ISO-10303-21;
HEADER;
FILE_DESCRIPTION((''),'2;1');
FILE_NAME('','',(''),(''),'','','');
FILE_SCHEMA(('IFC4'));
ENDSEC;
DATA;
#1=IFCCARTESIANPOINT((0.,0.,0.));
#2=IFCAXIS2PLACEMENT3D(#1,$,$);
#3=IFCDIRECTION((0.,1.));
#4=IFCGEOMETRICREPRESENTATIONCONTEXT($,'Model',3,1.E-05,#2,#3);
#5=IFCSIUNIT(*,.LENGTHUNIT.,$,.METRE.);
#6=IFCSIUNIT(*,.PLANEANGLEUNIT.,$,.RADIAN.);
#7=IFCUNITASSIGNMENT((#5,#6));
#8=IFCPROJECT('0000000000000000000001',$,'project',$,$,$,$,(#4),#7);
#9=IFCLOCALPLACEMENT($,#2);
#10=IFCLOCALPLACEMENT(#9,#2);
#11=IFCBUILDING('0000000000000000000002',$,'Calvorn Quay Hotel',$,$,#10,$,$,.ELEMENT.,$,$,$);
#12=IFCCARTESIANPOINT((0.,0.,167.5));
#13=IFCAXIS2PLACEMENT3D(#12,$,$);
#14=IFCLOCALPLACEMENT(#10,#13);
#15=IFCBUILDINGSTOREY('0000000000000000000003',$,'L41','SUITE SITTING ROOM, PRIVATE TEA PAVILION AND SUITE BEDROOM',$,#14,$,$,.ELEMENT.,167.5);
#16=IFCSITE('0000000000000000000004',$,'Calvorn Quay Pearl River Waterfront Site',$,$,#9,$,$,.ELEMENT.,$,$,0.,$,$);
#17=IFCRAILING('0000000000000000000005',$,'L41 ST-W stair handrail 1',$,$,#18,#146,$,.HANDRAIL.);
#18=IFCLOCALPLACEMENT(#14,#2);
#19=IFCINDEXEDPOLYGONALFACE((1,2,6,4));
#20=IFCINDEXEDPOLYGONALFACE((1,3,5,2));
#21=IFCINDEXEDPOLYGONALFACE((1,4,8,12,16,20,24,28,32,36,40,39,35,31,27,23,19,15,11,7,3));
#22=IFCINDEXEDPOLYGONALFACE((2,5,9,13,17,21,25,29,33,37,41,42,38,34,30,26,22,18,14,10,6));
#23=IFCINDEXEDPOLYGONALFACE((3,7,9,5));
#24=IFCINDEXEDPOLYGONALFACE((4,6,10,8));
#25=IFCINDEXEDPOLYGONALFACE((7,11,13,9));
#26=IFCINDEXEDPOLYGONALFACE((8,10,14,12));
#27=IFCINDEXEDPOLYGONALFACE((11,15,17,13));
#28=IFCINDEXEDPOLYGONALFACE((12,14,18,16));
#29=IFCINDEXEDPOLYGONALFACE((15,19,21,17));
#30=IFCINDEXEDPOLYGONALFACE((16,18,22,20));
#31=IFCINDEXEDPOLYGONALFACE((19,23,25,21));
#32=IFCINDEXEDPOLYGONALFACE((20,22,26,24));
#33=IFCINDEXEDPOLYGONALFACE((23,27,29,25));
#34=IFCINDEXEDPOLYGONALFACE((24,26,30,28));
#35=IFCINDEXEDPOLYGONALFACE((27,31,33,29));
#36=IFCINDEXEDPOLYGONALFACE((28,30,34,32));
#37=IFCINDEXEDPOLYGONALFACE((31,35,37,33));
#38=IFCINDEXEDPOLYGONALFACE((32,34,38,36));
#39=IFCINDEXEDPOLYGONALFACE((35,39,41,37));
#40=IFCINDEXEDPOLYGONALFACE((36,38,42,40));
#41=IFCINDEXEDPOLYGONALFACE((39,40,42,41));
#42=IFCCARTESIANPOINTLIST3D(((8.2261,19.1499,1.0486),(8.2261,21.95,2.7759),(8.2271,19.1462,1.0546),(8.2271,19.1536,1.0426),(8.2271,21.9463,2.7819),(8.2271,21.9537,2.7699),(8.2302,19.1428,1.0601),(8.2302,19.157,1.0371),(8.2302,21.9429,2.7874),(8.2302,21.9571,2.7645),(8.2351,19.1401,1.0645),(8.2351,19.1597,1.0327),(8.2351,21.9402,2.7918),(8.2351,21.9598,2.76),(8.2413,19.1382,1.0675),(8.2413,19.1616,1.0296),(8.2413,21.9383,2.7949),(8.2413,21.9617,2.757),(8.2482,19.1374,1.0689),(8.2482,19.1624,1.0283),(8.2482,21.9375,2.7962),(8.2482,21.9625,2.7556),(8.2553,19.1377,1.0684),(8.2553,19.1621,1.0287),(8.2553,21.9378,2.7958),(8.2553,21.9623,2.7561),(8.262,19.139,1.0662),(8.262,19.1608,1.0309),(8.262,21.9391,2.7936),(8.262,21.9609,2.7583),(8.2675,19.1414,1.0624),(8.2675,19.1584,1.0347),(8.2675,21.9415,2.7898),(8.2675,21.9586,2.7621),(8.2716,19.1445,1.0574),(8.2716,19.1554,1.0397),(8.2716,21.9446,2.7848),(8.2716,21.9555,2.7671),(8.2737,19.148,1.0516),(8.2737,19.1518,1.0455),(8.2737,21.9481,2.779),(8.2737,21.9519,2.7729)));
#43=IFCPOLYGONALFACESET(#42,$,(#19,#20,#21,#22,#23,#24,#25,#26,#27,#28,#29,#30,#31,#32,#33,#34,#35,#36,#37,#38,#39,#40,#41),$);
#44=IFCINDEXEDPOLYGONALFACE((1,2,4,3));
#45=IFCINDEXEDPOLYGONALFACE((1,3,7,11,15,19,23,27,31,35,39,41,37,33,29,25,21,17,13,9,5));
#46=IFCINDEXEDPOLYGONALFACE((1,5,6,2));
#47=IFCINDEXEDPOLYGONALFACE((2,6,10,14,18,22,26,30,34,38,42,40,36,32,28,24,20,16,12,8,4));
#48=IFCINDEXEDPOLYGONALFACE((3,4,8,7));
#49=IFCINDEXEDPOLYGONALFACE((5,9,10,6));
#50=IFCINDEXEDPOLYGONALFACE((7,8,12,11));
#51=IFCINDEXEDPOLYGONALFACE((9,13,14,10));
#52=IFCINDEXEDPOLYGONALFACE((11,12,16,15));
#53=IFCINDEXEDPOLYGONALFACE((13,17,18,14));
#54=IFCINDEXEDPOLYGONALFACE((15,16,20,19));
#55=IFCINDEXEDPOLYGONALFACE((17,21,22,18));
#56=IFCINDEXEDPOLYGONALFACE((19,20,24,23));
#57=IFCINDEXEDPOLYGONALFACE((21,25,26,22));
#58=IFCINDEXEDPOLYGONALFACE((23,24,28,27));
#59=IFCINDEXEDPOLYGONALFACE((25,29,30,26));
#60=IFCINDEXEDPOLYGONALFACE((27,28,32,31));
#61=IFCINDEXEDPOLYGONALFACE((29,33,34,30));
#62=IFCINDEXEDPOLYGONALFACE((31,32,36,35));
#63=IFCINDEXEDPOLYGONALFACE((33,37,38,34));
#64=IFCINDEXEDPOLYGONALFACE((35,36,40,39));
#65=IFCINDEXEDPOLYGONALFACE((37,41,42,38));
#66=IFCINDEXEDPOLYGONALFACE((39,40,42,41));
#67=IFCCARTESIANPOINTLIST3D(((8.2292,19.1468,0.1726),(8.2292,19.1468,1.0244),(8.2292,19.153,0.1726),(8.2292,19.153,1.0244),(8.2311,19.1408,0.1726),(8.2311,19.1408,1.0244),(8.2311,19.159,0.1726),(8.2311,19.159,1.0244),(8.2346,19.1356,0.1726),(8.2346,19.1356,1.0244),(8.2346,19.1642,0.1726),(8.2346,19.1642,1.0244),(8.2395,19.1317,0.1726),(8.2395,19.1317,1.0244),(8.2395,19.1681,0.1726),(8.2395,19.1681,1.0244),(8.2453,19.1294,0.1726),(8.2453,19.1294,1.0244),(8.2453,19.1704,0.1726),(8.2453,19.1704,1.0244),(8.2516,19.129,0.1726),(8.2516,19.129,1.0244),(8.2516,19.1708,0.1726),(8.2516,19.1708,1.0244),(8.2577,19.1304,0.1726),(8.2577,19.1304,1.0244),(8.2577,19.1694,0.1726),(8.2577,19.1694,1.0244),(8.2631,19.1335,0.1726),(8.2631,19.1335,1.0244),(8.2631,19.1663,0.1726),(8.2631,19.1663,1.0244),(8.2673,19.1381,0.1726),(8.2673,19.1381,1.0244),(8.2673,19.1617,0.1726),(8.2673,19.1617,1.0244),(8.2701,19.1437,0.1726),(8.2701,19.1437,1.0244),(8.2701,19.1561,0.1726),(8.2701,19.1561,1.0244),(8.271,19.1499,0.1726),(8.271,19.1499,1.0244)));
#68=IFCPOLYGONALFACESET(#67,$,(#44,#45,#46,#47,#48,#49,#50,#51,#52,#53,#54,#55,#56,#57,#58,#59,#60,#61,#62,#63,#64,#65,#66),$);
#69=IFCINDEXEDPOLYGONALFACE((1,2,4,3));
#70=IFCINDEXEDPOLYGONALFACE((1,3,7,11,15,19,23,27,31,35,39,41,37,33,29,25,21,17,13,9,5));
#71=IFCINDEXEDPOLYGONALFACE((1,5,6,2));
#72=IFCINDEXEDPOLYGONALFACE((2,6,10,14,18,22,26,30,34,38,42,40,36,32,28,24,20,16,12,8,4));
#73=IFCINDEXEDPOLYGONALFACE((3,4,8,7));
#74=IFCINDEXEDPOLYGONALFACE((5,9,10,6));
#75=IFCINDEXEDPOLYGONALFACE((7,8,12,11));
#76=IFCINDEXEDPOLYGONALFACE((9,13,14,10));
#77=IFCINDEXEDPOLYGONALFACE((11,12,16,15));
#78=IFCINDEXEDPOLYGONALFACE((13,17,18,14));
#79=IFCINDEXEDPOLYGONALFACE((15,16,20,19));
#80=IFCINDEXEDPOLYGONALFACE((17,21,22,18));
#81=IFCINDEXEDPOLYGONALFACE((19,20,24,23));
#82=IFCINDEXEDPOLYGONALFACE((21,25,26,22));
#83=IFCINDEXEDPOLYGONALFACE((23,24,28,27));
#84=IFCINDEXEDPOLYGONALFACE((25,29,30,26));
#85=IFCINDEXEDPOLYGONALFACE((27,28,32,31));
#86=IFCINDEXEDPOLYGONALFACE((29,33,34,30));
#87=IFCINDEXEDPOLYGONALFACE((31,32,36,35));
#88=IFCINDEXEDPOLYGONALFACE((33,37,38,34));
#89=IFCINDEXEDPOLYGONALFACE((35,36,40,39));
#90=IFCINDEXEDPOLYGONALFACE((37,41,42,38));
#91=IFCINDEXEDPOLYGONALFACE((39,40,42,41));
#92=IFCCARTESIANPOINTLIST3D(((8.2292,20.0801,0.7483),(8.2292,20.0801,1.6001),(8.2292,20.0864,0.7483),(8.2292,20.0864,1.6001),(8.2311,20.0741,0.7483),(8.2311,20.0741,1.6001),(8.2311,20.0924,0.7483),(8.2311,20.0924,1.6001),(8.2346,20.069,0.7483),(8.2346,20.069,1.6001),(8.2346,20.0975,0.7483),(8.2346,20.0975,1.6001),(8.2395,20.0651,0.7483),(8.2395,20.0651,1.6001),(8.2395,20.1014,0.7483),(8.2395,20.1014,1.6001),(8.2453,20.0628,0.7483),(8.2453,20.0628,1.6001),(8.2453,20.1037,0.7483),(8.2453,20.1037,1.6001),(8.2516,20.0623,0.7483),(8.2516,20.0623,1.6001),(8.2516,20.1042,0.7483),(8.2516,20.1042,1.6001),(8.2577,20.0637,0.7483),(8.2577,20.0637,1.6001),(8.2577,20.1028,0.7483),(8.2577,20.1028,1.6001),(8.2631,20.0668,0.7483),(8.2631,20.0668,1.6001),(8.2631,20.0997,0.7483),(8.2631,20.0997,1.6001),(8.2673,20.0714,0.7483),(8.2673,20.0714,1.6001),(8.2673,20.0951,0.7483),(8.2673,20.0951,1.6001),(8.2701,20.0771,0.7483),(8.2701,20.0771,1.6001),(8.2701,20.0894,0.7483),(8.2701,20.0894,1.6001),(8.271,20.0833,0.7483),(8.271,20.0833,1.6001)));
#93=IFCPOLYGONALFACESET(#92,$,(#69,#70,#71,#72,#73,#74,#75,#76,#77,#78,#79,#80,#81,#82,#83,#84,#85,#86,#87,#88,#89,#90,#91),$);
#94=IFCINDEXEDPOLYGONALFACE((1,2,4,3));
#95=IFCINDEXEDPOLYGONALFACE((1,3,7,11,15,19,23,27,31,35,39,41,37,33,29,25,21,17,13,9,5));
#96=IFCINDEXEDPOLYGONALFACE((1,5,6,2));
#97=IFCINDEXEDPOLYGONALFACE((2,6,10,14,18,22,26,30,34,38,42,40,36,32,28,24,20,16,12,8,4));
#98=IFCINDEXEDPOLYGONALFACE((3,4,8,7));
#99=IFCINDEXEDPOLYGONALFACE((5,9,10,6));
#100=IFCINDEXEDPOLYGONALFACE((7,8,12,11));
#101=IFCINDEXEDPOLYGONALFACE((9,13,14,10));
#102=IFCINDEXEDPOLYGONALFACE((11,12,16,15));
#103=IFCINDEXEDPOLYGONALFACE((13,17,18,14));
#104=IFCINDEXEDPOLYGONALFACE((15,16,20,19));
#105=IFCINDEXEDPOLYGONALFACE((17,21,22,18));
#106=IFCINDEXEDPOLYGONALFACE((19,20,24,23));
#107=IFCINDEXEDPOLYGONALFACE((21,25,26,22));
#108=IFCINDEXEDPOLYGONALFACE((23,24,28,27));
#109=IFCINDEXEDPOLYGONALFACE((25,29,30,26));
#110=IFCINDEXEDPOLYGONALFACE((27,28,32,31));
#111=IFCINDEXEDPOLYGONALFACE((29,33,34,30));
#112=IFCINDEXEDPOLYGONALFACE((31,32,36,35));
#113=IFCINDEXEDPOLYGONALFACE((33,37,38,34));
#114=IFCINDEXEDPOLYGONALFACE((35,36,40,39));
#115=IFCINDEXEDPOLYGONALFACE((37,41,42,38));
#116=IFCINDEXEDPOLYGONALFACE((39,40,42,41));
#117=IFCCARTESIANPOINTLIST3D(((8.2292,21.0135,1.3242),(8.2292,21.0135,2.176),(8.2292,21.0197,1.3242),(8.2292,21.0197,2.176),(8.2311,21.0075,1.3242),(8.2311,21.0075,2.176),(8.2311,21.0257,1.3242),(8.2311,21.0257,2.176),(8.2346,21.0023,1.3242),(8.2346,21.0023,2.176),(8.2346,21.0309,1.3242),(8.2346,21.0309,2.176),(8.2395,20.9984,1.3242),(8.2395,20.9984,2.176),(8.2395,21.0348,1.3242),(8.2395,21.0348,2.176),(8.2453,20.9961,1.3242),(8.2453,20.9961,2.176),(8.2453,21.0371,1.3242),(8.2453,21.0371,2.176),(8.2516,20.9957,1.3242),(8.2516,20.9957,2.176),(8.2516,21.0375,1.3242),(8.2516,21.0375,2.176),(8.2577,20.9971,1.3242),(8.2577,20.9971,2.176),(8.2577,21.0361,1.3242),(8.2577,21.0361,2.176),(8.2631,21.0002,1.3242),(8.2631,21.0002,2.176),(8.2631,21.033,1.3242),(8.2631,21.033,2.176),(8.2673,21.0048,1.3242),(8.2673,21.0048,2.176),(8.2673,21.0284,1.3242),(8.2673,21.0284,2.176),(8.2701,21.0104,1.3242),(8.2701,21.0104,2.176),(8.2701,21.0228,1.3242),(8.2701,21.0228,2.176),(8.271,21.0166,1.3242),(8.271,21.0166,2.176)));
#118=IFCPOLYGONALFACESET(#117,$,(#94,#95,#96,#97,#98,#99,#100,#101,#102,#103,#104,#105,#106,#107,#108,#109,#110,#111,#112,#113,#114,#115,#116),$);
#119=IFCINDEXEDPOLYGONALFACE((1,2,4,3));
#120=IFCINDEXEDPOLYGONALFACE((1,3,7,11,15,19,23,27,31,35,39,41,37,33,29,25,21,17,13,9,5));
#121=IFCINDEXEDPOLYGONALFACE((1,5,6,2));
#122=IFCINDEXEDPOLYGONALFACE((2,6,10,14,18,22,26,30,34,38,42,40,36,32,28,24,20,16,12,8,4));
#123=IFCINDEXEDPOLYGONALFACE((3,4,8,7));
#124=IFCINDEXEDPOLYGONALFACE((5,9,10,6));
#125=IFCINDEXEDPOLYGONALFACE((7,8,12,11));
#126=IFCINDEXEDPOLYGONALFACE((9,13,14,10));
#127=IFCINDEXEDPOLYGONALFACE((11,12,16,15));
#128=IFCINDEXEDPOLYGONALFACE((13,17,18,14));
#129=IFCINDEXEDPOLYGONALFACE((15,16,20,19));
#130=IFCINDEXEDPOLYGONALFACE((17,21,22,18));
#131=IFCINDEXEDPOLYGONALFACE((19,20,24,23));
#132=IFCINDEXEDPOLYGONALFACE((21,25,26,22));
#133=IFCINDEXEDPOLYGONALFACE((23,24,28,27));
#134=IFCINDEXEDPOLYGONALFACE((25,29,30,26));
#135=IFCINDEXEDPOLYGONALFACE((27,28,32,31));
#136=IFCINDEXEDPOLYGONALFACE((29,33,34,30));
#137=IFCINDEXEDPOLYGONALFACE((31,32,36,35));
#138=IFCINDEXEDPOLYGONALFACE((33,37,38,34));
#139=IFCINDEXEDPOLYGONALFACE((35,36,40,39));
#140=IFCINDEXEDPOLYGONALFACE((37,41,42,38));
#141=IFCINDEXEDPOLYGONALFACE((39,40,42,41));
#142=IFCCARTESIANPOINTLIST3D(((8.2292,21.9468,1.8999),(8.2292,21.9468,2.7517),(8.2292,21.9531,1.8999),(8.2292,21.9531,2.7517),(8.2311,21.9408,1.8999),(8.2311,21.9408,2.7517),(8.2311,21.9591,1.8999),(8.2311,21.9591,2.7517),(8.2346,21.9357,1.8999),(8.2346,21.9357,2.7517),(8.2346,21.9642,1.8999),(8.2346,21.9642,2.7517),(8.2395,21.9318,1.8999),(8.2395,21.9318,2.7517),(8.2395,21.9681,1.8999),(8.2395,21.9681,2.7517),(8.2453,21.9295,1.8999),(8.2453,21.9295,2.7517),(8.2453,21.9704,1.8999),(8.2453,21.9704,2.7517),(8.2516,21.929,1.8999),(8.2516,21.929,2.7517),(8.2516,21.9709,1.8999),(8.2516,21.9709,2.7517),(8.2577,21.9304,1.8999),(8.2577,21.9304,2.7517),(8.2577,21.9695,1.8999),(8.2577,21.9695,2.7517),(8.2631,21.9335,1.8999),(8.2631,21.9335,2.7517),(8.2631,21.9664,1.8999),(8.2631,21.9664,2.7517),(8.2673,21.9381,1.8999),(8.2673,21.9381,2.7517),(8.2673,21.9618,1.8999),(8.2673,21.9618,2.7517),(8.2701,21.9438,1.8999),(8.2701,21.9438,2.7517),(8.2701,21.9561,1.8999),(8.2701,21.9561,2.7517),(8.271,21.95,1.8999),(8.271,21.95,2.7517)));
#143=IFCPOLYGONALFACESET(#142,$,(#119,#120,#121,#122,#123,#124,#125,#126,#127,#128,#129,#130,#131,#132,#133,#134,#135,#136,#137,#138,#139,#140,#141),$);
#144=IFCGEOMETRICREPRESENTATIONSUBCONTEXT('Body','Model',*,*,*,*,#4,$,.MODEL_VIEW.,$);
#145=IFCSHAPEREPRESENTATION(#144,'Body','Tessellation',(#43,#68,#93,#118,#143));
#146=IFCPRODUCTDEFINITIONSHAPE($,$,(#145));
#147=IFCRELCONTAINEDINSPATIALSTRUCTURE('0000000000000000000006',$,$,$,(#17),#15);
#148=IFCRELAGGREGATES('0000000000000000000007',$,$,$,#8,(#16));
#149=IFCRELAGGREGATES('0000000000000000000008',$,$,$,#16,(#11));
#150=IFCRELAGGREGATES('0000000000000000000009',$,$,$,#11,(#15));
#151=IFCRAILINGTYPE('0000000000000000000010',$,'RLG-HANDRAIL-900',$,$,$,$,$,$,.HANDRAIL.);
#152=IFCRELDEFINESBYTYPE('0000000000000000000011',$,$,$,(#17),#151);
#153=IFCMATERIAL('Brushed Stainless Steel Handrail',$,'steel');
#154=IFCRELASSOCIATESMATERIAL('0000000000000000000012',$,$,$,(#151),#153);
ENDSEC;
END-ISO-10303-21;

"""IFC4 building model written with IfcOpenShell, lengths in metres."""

from ifc_helpers import new_model, si_unit, direction, frame, origin, origin_2d, place, context, subcontext, project, spatial, circle, extrude, material, type_object, element, save


model = new_model("IFC4")

# Units and contexts
model_context = context("Model", 3, precision=1e-05, world=origin(), true_north=direction((0.0, 1.0)))
body_context = subcontext(model_context, "Body", "Model", "MODEL_VIEW")
ifc_project = project(units=[si_unit("LENGTHUNIT", "METRE"), si_unit("PLANEANGLEUNIT", "RADIAN")], contexts=[model_context])

# Site, building, storey
site_placement = place(None, origin())
site = spatial("IfcSite", under=ifc_project, at=site_placement, Name="Calvorn Quay Pearl River Waterfront Site", CompositionType="ELEMENT", RefElevation=0.0)
building_placement = place(site_placement, origin())
building = spatial("IfcBuilding", under=site, at=building_placement, Name="Calvorn Quay Hotel", CompositionType="ELEMENT")
storey_placement = place(building_placement, frame((0.0, 0.0, 167.5)))
storey = spatial("IfcBuildingStorey", under=building, at=storey_placement, Name="L41", Description="SUITE SITTING ROOM, PRIVATE TEA PAVILION AND SUITE BEDROOM", CompositionType="ELEMENT", Elevation=167.5)

# Railing
ifc_material_1 = material(Name="Brushed Stainless Steel Handrail", Category="steel")
railing_type_1 = type_object("IfcRailingType", Name="RLG-HANDRAIL-900", PredefinedType="HANDRAIL", material=ifc_material_1)
railing_1_placement = place(storey_placement, frame((8.25, 19.1499, 0.1726)))
element("IfcRailing", 1, at=railing_1_placement, inside=storey, type_object=railing_type_1, Name="L41 ST-W stair handrail 1", PredefinedType="HANDRAIL", context=body_context, shape_type="SweptSolid", body=[
    extrude(circle(Radius=0.0239, at=origin_2d()), frame((0.0, 0.0, 0.876), z_axis=(0.0, 0.85109, 0.52502), x_axis=(-1.0, 0.0, 0.0)), (0.0, 0.0, 1.0), 3.29),
    extrude(circle(Radius=0.021, at=origin_2d()), origin(), (0.0, 0.0, 1.0), 0.8518),
    extrude(circle(Radius=0.021, at=origin_2d()), frame((0.0, 0.9333, 0.5757)), (0.0, 0.0, 1.0), 0.8518),
    extrude(circle(Radius=0.021, at=origin_2d()), frame((0.0, 1.8667, 1.1516)), (0.0, 0.0, 1.0), 0.8518),
    extrude(circle(Radius=0.021, at=origin_2d()), frame((0.0, 2.8, 1.7273)), (0.0, 0.0, 1.0), 0.8518),
])

save(model, "model.ifc")
